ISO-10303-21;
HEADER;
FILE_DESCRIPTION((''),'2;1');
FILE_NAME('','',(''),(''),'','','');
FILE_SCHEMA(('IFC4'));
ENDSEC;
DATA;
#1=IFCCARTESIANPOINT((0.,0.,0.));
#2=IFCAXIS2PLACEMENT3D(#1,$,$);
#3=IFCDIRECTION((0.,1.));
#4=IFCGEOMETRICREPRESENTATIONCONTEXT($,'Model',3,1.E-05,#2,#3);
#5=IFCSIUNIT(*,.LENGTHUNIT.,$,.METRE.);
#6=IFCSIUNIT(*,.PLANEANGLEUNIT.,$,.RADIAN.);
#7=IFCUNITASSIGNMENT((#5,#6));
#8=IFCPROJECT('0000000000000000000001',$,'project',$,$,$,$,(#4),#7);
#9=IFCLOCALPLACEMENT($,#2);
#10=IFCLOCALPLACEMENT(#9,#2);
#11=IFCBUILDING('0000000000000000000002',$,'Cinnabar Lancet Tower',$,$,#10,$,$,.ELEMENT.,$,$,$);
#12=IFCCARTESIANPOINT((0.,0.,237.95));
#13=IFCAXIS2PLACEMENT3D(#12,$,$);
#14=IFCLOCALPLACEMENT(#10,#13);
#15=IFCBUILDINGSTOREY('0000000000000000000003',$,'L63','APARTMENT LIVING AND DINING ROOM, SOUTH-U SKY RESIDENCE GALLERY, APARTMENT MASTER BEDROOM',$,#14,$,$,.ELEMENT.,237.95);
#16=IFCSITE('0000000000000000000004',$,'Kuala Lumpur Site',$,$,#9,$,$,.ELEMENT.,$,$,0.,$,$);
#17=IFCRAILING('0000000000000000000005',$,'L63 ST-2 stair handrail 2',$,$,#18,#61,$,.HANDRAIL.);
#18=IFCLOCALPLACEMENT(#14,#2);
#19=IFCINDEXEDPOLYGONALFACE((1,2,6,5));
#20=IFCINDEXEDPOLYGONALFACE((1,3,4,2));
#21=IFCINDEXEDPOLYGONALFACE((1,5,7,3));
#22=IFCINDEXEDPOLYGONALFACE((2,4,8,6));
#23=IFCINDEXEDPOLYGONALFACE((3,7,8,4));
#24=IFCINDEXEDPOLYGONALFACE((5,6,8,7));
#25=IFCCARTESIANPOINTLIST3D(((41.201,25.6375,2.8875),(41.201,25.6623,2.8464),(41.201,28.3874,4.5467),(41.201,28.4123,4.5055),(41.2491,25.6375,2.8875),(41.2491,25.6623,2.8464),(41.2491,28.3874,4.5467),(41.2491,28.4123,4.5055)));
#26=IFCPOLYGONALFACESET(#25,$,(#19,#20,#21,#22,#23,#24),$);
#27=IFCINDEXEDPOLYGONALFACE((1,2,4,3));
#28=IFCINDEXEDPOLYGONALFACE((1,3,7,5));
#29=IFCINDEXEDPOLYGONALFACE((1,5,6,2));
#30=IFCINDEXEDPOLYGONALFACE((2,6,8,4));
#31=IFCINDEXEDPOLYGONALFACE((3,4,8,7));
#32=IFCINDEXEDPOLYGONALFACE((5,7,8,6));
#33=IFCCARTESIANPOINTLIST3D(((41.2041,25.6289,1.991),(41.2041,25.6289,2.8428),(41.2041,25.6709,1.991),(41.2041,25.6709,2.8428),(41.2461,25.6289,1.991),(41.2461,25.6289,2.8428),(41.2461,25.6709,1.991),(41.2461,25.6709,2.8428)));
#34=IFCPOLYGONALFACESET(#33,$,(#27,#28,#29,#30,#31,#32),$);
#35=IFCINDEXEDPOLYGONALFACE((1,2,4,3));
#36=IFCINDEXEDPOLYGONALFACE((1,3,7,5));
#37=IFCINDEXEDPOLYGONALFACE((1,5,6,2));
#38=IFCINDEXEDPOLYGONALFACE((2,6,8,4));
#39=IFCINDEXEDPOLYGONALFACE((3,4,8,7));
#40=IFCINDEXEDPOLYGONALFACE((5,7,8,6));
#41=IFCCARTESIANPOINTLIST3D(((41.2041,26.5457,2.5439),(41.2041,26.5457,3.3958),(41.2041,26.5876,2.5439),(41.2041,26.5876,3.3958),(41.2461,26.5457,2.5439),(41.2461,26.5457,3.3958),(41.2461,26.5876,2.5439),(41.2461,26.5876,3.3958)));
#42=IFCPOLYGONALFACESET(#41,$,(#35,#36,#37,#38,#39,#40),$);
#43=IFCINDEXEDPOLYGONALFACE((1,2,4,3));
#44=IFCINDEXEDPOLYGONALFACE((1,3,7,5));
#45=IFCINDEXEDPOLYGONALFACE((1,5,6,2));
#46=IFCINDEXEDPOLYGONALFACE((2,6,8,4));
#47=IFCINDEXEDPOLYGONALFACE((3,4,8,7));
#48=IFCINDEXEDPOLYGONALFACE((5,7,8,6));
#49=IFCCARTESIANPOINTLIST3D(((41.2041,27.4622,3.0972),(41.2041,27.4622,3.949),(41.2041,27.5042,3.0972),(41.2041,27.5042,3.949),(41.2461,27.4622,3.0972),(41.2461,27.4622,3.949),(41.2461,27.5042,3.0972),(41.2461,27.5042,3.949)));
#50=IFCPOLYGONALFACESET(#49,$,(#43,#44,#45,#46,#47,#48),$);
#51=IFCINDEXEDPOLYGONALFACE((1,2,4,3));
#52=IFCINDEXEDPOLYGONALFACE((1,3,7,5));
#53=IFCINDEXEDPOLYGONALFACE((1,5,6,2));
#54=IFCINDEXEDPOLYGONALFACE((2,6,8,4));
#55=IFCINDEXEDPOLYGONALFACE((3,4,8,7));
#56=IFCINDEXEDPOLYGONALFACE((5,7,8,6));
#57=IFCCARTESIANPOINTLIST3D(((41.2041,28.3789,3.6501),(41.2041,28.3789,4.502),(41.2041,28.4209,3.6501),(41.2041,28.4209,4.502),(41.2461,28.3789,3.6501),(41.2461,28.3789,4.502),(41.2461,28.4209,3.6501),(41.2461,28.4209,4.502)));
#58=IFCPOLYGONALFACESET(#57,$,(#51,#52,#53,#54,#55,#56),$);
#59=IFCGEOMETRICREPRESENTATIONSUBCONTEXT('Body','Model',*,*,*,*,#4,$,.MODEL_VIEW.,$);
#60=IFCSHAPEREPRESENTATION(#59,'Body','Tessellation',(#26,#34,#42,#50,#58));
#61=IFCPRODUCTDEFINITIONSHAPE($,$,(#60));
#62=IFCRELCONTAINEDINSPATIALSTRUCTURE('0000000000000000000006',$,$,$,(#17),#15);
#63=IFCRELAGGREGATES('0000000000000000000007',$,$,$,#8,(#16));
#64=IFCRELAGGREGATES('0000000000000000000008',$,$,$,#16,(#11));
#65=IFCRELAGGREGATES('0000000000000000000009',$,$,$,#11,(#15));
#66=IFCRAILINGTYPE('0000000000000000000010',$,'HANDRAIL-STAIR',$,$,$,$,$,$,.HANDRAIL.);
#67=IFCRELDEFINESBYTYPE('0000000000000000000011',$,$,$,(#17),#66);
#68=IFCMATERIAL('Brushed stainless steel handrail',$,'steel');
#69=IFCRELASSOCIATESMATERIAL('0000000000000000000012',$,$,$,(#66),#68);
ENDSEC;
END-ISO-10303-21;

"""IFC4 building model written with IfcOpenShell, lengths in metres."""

from ifc_helpers import new_model, si_unit, direction, frame, origin, origin_2d, place, context, subcontext, project, spatial, rectangle, extrude, material, type_object, element, save


model = new_model("IFC4")

# Units and contexts
model_context = context("Model", 3, precision=1e-05, world=origin(), true_north=direction((0.0, 1.0)))
body_context = subcontext(model_context, "Body", "Model", "MODEL_VIEW")
ifc_project = project(units=[si_unit("LENGTHUNIT", "METRE"), si_unit("PLANEANGLEUNIT", "RADIAN")], contexts=[model_context])

# Site, building, storey
site_placement = place(None, origin())
site = spatial("IfcSite", under=ifc_project, at=site_placement, Name="Kuala Lumpur Site", CompositionType="ELEMENT", RefElevation=0.0)
building_placement = place(site_placement, origin())
building = spatial("IfcBuilding", under=site, at=building_placement, Name="Cinnabar Lancet Tower", CompositionType="ELEMENT")
storey_placement = place(building_placement, frame((0.0, 0.0, 237.95)))
storey = spatial("IfcBuildingStorey", under=building, at=storey_placement, Name="L63", Description="APARTMENT LIVING AND DINING ROOM, SOUTH-U SKY RESIDENCE GALLERY, APARTMENT MASTER BEDROOM", CompositionType="ELEMENT", Elevation=237.95)

# Railing
ifc_material_1 = material(Name="Brushed stainless steel handrail", Category="steel")
railing_type_1 = type_object("IfcRailingType", Name="HANDRAIL-STAIR", PredefinedType="HANDRAIL", material=ifc_material_1)
railing_1_placement = place(storey_placement, frame((41.2251, 25.6499, 1.991)))
element("IfcRailing", 1, at=railing_1_placement, inside=storey, type_object=railing_type_1, Name="L63 ST-2 stair handrail 2", PredefinedType="HANDRAIL", context=body_context, shape_type="SweptSolid", body=[
    extrude(rectangle(XDim=0.0481, YDim=0.0481, at=origin_2d()), frame((0.0, 0.0, 0.876), z_axis=(0.0, 0.856229, 0.516596), x_axis=(-1.0, 0.0, 0.0)), (0.0, 0.0, 1.0), 3.2117),
    extrude(rectangle(XDim=0.042, YDim=0.042, at=origin_2d()), origin(), (0.0, 0.0, 1.0), 0.8518),
    extrude(rectangle(XDim=0.042, YDim=0.042, at=origin_2d()), frame((0.0, 0.9167, 0.553)), (0.0, 0.0, 1.0), 0.8518),
    extrude(rectangle(XDim=0.042, YDim=0.042, at=origin_2d()), frame((0.0, 1.8333, 1.1062)), (0.0, 0.0, 1.0), 0.8518),
    extrude(rectangle(XDim=0.042, YDim=0.042, at=origin_2d()), frame((0.0, 2.75, 1.6592)), (0.0, 0.0, 1.0), 0.8518),
])

save(model, "model.ifc")
